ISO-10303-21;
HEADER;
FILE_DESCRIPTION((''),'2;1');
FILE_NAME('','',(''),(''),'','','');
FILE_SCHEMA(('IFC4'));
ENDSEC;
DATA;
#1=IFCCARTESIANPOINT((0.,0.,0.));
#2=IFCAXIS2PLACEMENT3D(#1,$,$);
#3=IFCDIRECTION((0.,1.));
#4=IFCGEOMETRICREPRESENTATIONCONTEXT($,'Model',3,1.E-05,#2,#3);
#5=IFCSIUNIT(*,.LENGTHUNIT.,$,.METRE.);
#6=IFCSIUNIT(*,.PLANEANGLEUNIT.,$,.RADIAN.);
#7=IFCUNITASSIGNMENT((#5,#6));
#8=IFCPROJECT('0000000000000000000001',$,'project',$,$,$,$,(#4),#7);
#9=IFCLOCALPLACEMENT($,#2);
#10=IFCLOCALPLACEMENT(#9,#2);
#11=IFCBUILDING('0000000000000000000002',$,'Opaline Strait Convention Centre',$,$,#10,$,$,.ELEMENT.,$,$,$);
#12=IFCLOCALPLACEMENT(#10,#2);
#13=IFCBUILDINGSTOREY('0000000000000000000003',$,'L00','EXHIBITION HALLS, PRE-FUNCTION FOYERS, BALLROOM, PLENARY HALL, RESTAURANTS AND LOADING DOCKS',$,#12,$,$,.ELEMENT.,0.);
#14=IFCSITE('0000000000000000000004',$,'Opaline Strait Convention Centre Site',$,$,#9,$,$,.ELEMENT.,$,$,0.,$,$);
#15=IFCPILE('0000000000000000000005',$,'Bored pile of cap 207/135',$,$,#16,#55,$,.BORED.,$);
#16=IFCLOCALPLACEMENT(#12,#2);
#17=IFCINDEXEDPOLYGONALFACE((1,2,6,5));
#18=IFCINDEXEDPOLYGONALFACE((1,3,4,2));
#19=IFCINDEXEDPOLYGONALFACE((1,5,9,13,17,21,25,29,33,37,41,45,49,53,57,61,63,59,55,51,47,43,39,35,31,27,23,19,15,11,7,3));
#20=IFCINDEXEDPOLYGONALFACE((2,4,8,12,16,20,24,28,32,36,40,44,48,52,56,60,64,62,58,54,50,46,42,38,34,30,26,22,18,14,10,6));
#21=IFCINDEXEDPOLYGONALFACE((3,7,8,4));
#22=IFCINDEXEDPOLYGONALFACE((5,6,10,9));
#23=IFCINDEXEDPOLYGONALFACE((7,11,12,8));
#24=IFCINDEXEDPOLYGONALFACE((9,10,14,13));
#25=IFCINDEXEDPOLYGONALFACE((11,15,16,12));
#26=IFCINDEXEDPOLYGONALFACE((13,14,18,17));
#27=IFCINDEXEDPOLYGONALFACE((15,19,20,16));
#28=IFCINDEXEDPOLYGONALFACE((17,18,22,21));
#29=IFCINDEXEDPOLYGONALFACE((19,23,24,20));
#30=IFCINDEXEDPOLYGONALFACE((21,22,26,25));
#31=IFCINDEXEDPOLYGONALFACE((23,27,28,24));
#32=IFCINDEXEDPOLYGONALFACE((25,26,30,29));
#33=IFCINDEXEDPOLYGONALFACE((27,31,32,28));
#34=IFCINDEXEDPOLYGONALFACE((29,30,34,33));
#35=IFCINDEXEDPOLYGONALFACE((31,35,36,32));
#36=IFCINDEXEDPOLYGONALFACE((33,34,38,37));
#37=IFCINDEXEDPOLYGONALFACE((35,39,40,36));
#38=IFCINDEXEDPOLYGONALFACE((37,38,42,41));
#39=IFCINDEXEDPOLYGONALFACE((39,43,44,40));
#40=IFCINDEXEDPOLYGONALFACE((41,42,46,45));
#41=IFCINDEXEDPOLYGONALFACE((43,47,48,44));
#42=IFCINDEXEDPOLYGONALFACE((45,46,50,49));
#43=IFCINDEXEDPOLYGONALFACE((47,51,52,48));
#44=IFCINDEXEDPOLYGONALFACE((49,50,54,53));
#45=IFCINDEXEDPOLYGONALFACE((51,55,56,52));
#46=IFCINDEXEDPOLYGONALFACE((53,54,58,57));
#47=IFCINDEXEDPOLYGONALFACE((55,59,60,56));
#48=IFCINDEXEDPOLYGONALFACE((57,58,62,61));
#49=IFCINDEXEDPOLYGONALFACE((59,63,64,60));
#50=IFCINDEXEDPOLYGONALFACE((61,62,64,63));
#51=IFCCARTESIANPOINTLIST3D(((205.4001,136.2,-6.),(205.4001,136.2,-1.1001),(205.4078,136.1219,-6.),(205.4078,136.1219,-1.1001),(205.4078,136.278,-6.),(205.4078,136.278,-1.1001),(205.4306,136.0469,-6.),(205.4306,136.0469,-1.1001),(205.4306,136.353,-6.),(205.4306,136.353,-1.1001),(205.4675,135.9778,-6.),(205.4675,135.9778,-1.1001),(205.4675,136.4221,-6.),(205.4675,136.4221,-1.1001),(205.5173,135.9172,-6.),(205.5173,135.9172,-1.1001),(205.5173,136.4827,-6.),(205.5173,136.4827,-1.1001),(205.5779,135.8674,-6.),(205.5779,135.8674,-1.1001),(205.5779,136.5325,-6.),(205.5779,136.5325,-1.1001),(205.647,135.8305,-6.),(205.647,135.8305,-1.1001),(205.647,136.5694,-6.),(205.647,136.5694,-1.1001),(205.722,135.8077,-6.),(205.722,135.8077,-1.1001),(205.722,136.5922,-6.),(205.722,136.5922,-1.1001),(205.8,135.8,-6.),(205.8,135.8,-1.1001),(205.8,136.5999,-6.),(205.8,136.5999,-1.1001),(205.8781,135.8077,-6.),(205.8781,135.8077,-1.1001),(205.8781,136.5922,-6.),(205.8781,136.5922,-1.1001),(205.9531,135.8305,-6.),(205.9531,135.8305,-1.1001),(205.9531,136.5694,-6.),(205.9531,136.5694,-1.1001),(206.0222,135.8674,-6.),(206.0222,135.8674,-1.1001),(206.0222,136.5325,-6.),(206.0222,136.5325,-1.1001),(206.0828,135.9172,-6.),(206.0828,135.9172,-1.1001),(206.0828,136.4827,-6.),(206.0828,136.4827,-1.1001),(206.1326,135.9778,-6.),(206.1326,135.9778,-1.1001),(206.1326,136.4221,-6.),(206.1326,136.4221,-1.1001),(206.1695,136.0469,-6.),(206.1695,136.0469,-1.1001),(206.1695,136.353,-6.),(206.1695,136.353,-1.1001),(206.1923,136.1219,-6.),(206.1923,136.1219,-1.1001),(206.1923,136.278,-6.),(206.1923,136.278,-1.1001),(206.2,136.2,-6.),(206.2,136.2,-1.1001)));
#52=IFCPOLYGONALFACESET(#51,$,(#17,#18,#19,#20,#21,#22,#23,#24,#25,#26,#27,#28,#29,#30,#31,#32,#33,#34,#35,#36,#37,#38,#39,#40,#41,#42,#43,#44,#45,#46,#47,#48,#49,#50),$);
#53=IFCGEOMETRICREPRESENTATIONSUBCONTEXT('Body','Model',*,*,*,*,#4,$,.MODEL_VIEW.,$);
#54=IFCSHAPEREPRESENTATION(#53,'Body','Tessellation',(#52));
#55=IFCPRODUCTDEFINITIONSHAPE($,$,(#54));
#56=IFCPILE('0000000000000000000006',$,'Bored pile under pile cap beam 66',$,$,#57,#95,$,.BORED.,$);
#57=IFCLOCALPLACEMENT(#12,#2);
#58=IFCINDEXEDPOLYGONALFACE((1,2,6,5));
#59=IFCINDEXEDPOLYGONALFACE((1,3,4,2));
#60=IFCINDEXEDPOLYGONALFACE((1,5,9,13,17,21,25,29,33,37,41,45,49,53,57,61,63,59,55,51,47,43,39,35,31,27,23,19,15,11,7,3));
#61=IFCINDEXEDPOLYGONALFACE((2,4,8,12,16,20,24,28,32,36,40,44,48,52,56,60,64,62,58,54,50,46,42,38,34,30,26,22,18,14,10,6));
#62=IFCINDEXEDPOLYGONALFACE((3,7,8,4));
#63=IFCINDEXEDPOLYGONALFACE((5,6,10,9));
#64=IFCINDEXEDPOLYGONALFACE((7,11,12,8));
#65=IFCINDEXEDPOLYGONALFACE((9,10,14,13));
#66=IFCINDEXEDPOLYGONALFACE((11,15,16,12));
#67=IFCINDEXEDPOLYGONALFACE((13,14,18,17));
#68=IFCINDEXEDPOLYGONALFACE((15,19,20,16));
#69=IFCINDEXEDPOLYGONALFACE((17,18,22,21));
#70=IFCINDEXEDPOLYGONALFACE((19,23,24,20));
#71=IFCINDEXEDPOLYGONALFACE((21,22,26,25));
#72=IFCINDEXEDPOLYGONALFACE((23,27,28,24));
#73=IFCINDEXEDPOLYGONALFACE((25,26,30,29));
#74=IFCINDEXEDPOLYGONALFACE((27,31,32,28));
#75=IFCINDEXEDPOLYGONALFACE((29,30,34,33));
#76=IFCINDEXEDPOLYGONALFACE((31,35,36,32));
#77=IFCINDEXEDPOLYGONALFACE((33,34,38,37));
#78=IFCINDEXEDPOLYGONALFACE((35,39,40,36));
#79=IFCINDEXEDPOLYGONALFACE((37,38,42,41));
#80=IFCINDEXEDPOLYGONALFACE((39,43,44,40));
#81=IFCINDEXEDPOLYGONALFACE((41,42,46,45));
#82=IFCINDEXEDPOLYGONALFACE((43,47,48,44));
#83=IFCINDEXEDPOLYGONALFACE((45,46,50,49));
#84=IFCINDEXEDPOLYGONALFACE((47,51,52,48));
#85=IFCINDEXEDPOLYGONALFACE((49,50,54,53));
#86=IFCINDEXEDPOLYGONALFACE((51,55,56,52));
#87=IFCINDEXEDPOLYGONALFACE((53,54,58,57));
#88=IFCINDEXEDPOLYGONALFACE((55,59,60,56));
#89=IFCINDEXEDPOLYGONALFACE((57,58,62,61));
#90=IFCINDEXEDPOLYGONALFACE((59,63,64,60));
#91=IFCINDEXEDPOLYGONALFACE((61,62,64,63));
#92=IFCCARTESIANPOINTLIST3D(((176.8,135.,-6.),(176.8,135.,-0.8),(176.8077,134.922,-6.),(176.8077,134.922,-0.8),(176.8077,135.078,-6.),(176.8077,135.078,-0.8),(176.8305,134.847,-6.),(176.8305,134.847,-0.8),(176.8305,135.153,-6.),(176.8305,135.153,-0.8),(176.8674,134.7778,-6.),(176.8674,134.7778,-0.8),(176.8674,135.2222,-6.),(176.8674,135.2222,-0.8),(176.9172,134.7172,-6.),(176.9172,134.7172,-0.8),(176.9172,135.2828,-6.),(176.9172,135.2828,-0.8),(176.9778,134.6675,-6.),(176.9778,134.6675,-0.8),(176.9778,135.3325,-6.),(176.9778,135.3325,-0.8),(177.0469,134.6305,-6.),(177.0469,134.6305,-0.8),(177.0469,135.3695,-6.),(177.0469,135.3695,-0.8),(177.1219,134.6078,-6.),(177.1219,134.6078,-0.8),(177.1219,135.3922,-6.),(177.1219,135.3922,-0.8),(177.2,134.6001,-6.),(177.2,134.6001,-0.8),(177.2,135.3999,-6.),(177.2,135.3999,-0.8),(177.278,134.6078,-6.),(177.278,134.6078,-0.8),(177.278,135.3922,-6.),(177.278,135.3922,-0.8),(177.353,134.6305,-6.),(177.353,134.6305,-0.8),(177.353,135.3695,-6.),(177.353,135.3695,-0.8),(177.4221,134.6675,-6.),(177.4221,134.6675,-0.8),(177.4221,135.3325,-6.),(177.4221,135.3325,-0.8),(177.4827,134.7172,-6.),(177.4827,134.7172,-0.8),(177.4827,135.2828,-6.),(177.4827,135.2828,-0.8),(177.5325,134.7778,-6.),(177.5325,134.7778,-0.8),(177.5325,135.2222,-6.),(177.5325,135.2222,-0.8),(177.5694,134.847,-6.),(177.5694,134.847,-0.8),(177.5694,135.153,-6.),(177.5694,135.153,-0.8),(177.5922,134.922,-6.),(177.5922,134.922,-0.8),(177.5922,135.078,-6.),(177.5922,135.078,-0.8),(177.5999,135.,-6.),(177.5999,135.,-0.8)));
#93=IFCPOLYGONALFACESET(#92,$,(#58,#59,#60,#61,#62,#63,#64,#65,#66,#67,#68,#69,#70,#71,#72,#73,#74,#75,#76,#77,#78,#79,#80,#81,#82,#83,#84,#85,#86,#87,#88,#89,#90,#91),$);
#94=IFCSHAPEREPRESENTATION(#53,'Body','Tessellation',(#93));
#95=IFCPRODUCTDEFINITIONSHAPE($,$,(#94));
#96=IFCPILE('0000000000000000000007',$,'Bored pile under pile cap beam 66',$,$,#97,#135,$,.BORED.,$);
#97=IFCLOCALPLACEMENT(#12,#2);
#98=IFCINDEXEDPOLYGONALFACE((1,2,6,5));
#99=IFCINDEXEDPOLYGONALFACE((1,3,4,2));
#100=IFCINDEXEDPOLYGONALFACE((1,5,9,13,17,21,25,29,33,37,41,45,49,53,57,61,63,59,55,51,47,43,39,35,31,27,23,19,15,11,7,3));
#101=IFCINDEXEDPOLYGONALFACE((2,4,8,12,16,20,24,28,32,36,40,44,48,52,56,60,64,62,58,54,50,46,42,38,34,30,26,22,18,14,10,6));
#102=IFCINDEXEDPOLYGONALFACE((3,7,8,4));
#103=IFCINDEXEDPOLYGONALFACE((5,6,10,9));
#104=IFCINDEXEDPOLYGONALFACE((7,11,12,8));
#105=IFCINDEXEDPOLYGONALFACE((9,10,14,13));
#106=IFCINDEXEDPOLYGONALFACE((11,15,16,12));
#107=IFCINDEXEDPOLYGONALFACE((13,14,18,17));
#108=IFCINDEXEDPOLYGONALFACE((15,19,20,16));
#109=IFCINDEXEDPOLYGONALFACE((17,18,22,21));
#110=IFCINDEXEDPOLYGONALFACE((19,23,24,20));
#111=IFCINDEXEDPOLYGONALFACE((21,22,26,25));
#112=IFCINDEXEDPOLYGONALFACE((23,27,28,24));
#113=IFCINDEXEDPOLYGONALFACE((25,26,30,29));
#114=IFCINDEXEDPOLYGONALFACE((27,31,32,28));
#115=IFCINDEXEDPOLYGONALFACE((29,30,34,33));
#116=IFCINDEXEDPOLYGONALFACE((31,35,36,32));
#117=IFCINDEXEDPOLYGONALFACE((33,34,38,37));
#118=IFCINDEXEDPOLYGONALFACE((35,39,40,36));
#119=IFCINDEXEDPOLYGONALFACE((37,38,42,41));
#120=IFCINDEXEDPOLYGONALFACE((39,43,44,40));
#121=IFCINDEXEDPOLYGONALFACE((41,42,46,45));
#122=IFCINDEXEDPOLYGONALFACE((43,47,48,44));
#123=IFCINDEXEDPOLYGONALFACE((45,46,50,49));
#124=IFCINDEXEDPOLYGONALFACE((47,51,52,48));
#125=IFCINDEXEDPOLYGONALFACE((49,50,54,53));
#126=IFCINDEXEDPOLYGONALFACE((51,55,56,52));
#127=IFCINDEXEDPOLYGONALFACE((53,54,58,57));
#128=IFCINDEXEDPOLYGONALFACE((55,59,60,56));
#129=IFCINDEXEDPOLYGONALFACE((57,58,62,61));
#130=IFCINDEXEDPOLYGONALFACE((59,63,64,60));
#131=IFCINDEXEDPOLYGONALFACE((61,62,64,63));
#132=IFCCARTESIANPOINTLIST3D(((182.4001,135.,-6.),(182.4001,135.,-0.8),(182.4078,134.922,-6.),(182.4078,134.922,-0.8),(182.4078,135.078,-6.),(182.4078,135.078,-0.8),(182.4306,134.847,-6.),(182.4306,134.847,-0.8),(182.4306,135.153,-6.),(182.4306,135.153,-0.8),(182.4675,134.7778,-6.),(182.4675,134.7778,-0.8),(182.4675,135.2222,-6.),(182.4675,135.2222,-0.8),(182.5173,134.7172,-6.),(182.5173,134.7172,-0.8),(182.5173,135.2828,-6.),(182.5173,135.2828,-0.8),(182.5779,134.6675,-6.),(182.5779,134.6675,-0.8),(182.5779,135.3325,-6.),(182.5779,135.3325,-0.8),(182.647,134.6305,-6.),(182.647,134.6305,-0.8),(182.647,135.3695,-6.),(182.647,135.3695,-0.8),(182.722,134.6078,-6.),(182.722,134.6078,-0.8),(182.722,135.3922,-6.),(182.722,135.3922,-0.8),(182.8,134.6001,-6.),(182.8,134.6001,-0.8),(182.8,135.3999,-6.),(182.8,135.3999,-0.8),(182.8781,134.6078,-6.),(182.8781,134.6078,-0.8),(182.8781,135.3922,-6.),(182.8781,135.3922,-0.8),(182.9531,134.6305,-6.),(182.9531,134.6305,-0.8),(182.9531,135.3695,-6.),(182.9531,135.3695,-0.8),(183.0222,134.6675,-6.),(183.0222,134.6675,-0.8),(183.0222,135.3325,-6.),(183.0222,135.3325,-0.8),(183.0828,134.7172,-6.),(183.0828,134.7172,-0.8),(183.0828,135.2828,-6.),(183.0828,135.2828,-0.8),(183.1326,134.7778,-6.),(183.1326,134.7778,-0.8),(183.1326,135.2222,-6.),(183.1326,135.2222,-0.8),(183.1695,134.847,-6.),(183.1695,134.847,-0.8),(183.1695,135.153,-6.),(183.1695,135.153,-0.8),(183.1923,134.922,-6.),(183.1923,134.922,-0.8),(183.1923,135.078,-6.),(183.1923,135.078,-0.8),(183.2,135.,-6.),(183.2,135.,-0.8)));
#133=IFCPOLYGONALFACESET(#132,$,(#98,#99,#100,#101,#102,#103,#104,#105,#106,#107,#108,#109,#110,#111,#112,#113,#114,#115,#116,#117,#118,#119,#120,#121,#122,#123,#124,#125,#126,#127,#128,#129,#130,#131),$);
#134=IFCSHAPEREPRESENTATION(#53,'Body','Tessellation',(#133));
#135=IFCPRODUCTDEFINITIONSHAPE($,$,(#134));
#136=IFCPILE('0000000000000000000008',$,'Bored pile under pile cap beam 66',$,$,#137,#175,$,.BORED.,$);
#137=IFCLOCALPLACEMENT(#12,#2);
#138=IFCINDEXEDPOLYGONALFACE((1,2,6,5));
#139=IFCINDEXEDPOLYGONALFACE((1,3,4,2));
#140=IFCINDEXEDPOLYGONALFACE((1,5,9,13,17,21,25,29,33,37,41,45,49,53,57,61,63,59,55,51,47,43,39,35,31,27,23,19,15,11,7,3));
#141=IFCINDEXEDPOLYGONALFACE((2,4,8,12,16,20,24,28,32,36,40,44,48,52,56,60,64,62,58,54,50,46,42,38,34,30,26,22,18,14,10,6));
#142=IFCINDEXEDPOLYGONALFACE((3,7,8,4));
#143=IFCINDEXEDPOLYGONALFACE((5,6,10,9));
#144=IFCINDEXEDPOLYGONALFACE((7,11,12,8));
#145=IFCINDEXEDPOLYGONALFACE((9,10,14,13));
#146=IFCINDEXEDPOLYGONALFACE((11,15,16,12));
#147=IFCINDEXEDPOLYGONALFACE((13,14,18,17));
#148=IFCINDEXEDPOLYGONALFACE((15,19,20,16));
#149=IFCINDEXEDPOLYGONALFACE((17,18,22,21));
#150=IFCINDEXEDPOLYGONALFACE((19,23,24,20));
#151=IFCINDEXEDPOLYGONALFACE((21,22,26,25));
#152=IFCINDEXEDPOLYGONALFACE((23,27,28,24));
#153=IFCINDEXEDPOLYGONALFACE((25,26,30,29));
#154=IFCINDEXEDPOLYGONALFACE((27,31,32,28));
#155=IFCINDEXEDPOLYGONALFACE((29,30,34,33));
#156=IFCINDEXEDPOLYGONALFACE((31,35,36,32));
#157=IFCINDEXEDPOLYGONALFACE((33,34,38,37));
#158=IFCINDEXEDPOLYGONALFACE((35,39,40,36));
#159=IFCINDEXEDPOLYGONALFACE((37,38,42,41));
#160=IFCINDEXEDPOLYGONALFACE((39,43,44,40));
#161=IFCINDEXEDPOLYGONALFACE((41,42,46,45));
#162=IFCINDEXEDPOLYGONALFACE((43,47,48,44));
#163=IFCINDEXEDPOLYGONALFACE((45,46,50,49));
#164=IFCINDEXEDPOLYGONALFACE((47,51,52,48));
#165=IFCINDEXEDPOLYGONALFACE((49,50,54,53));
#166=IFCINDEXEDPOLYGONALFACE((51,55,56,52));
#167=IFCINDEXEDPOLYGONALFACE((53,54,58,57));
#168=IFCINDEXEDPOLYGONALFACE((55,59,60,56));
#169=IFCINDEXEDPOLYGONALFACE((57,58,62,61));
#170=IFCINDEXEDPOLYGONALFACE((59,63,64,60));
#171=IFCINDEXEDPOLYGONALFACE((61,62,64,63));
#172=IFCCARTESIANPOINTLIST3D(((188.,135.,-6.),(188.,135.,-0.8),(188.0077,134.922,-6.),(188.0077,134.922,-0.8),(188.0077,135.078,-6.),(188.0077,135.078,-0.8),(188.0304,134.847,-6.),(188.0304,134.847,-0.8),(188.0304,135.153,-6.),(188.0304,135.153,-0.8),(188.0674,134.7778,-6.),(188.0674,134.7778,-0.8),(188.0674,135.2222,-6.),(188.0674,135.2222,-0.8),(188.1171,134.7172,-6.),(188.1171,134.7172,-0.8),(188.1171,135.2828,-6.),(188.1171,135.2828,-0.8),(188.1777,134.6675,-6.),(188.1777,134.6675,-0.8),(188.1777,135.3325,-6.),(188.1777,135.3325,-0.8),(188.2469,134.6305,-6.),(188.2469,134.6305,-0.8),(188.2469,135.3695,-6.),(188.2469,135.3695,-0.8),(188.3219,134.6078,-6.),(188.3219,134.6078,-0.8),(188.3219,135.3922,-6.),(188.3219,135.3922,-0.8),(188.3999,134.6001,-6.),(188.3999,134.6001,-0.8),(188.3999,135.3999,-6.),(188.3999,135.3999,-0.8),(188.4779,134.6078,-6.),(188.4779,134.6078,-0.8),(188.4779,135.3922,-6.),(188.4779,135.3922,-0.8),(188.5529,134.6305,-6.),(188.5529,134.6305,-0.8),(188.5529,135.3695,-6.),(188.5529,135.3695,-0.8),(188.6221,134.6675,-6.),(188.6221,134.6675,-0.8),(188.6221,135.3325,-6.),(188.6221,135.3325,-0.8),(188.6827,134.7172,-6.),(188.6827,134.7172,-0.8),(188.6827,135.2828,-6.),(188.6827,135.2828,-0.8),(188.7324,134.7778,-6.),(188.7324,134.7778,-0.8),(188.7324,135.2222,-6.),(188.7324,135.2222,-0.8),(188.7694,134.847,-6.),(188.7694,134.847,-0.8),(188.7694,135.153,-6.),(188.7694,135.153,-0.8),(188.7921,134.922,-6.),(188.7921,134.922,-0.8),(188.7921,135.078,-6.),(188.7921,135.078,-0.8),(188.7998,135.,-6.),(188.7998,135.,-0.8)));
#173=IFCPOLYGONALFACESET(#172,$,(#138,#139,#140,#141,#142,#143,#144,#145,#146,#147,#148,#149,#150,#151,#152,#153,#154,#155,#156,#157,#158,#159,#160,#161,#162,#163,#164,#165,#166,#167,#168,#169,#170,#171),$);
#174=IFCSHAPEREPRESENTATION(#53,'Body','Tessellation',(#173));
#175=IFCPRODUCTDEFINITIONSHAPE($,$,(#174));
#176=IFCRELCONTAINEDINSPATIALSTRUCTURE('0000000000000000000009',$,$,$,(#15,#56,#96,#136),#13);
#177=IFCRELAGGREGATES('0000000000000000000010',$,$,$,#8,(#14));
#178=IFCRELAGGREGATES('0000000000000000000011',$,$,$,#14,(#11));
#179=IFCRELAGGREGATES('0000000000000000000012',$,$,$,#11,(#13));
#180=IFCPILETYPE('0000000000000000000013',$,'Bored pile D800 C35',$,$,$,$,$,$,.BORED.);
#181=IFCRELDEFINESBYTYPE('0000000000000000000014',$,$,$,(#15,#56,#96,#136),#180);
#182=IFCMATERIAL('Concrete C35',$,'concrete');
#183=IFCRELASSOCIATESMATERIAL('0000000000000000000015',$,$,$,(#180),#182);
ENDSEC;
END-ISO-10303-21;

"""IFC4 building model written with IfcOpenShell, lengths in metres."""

from ifc_helpers import new_model, si_unit, direction, frame, origin, origin_2d, place, context, subcontext, project, spatial, circle, extrude, material, material_profile, profile_set, type_object, element, save


model = new_model("IFC4")

# Units and contexts
model_context = context("Model", 3, precision=1e-05, world=origin(), true_north=direction((0.0, 1.0)))
body_context = subcontext(model_context, "Body", "Model", "MODEL_VIEW")
ifc_project = project(units=[si_unit("LENGTHUNIT", "METRE"), si_unit("PLANEANGLEUNIT", "RADIAN")], contexts=[model_context])

# Site, building, storey
site_placement = place(None, origin())
site = spatial("IfcSite", under=ifc_project, at=site_placement, Name="Opaline Strait Convention Centre Site", CompositionType="ELEMENT", RefElevation=0.0)
building_placement = place(site_placement, origin())
building = spatial("IfcBuilding", under=site, at=building_placement, Name="Opaline Strait Convention Centre", CompositionType="ELEMENT")
storey_placement = place(building_placement, origin())
storey = spatial("IfcBuildingStorey", under=building, at=storey_placement, Name="L00", Description="EXHIBITION HALLS, PRE-FUNCTION FOYERS, BALLROOM, PLENARY HALL, RESTAURANTS AND LOADING DOCKS", CompositionType="ELEMENT", Elevation=0.0)

# Piles
ifc_material_1 = material(Name="Concrete C35", Category="concrete")
ifc_material_profile_1 = material_profile(ifc_material_1, circle(Radius=0.3999, at=origin_2d()), Name="D800")
ifc_profile_set_1 = profile_set([ifc_material_profile_1], Name="Concrete C35")
pile_type = type_object("IfcPileType", Name="Bored pile D800 C35", PredefinedType="BORED", material=ifc_profile_set_1)
for number, where, z_axis, x_axis, name in (
    (1, (205.8, 136.2, -1.1001), (0.0, 0.0, -1.0), (1.0, 0.0, 0.0), "Bored pile of cap 207/135"),
):
    element("IfcPile", number, at=place(storey_placement, frame(where, z_axis=z_axis, x_axis=x_axis)), inside=storey, type_object=pile_type, Name=name, PredefinedType="BORED", context=body_context, shape_type="SweptSolid", body=[
        extrude(circle(Radius=0.3999, at=origin_2d()), origin(), (0.0, 0.0, 1.0), 4.8999),
    ])
for number, where, z_axis, x_axis, name in (
    (2, (177.2, 135.0, -0.8), (0.0, 0.0, -1.0), (1.0, 0.0, 0.0), "Bored pile under pile cap beam 66"),
    (3, (182.8, 135.0, -0.8), (0.0, 0.0, -1.0), (1.0, 0.0, 0.0), "Bored pile under pile cap beam 66"),
    (4, (188.3999, 135.0, -0.8), (0.0, 0.0, -1.0), (1.0, 0.0, 0.0), "Bored pile under pile cap beam 66"),
):
    element("IfcPile", number, at=place(storey_placement, frame(where, z_axis=z_axis, x_axis=x_axis)), inside=storey, type_object=pile_type, Name=name, PredefinedType="BORED", context=body_context, shape_type="SweptSolid", body=[
        extrude(circle(Radius=0.3999, at=origin_2d()), origin(), (0.0, 0.0, 1.0), 5.2),
    ])

save(model, "model.ifc")
